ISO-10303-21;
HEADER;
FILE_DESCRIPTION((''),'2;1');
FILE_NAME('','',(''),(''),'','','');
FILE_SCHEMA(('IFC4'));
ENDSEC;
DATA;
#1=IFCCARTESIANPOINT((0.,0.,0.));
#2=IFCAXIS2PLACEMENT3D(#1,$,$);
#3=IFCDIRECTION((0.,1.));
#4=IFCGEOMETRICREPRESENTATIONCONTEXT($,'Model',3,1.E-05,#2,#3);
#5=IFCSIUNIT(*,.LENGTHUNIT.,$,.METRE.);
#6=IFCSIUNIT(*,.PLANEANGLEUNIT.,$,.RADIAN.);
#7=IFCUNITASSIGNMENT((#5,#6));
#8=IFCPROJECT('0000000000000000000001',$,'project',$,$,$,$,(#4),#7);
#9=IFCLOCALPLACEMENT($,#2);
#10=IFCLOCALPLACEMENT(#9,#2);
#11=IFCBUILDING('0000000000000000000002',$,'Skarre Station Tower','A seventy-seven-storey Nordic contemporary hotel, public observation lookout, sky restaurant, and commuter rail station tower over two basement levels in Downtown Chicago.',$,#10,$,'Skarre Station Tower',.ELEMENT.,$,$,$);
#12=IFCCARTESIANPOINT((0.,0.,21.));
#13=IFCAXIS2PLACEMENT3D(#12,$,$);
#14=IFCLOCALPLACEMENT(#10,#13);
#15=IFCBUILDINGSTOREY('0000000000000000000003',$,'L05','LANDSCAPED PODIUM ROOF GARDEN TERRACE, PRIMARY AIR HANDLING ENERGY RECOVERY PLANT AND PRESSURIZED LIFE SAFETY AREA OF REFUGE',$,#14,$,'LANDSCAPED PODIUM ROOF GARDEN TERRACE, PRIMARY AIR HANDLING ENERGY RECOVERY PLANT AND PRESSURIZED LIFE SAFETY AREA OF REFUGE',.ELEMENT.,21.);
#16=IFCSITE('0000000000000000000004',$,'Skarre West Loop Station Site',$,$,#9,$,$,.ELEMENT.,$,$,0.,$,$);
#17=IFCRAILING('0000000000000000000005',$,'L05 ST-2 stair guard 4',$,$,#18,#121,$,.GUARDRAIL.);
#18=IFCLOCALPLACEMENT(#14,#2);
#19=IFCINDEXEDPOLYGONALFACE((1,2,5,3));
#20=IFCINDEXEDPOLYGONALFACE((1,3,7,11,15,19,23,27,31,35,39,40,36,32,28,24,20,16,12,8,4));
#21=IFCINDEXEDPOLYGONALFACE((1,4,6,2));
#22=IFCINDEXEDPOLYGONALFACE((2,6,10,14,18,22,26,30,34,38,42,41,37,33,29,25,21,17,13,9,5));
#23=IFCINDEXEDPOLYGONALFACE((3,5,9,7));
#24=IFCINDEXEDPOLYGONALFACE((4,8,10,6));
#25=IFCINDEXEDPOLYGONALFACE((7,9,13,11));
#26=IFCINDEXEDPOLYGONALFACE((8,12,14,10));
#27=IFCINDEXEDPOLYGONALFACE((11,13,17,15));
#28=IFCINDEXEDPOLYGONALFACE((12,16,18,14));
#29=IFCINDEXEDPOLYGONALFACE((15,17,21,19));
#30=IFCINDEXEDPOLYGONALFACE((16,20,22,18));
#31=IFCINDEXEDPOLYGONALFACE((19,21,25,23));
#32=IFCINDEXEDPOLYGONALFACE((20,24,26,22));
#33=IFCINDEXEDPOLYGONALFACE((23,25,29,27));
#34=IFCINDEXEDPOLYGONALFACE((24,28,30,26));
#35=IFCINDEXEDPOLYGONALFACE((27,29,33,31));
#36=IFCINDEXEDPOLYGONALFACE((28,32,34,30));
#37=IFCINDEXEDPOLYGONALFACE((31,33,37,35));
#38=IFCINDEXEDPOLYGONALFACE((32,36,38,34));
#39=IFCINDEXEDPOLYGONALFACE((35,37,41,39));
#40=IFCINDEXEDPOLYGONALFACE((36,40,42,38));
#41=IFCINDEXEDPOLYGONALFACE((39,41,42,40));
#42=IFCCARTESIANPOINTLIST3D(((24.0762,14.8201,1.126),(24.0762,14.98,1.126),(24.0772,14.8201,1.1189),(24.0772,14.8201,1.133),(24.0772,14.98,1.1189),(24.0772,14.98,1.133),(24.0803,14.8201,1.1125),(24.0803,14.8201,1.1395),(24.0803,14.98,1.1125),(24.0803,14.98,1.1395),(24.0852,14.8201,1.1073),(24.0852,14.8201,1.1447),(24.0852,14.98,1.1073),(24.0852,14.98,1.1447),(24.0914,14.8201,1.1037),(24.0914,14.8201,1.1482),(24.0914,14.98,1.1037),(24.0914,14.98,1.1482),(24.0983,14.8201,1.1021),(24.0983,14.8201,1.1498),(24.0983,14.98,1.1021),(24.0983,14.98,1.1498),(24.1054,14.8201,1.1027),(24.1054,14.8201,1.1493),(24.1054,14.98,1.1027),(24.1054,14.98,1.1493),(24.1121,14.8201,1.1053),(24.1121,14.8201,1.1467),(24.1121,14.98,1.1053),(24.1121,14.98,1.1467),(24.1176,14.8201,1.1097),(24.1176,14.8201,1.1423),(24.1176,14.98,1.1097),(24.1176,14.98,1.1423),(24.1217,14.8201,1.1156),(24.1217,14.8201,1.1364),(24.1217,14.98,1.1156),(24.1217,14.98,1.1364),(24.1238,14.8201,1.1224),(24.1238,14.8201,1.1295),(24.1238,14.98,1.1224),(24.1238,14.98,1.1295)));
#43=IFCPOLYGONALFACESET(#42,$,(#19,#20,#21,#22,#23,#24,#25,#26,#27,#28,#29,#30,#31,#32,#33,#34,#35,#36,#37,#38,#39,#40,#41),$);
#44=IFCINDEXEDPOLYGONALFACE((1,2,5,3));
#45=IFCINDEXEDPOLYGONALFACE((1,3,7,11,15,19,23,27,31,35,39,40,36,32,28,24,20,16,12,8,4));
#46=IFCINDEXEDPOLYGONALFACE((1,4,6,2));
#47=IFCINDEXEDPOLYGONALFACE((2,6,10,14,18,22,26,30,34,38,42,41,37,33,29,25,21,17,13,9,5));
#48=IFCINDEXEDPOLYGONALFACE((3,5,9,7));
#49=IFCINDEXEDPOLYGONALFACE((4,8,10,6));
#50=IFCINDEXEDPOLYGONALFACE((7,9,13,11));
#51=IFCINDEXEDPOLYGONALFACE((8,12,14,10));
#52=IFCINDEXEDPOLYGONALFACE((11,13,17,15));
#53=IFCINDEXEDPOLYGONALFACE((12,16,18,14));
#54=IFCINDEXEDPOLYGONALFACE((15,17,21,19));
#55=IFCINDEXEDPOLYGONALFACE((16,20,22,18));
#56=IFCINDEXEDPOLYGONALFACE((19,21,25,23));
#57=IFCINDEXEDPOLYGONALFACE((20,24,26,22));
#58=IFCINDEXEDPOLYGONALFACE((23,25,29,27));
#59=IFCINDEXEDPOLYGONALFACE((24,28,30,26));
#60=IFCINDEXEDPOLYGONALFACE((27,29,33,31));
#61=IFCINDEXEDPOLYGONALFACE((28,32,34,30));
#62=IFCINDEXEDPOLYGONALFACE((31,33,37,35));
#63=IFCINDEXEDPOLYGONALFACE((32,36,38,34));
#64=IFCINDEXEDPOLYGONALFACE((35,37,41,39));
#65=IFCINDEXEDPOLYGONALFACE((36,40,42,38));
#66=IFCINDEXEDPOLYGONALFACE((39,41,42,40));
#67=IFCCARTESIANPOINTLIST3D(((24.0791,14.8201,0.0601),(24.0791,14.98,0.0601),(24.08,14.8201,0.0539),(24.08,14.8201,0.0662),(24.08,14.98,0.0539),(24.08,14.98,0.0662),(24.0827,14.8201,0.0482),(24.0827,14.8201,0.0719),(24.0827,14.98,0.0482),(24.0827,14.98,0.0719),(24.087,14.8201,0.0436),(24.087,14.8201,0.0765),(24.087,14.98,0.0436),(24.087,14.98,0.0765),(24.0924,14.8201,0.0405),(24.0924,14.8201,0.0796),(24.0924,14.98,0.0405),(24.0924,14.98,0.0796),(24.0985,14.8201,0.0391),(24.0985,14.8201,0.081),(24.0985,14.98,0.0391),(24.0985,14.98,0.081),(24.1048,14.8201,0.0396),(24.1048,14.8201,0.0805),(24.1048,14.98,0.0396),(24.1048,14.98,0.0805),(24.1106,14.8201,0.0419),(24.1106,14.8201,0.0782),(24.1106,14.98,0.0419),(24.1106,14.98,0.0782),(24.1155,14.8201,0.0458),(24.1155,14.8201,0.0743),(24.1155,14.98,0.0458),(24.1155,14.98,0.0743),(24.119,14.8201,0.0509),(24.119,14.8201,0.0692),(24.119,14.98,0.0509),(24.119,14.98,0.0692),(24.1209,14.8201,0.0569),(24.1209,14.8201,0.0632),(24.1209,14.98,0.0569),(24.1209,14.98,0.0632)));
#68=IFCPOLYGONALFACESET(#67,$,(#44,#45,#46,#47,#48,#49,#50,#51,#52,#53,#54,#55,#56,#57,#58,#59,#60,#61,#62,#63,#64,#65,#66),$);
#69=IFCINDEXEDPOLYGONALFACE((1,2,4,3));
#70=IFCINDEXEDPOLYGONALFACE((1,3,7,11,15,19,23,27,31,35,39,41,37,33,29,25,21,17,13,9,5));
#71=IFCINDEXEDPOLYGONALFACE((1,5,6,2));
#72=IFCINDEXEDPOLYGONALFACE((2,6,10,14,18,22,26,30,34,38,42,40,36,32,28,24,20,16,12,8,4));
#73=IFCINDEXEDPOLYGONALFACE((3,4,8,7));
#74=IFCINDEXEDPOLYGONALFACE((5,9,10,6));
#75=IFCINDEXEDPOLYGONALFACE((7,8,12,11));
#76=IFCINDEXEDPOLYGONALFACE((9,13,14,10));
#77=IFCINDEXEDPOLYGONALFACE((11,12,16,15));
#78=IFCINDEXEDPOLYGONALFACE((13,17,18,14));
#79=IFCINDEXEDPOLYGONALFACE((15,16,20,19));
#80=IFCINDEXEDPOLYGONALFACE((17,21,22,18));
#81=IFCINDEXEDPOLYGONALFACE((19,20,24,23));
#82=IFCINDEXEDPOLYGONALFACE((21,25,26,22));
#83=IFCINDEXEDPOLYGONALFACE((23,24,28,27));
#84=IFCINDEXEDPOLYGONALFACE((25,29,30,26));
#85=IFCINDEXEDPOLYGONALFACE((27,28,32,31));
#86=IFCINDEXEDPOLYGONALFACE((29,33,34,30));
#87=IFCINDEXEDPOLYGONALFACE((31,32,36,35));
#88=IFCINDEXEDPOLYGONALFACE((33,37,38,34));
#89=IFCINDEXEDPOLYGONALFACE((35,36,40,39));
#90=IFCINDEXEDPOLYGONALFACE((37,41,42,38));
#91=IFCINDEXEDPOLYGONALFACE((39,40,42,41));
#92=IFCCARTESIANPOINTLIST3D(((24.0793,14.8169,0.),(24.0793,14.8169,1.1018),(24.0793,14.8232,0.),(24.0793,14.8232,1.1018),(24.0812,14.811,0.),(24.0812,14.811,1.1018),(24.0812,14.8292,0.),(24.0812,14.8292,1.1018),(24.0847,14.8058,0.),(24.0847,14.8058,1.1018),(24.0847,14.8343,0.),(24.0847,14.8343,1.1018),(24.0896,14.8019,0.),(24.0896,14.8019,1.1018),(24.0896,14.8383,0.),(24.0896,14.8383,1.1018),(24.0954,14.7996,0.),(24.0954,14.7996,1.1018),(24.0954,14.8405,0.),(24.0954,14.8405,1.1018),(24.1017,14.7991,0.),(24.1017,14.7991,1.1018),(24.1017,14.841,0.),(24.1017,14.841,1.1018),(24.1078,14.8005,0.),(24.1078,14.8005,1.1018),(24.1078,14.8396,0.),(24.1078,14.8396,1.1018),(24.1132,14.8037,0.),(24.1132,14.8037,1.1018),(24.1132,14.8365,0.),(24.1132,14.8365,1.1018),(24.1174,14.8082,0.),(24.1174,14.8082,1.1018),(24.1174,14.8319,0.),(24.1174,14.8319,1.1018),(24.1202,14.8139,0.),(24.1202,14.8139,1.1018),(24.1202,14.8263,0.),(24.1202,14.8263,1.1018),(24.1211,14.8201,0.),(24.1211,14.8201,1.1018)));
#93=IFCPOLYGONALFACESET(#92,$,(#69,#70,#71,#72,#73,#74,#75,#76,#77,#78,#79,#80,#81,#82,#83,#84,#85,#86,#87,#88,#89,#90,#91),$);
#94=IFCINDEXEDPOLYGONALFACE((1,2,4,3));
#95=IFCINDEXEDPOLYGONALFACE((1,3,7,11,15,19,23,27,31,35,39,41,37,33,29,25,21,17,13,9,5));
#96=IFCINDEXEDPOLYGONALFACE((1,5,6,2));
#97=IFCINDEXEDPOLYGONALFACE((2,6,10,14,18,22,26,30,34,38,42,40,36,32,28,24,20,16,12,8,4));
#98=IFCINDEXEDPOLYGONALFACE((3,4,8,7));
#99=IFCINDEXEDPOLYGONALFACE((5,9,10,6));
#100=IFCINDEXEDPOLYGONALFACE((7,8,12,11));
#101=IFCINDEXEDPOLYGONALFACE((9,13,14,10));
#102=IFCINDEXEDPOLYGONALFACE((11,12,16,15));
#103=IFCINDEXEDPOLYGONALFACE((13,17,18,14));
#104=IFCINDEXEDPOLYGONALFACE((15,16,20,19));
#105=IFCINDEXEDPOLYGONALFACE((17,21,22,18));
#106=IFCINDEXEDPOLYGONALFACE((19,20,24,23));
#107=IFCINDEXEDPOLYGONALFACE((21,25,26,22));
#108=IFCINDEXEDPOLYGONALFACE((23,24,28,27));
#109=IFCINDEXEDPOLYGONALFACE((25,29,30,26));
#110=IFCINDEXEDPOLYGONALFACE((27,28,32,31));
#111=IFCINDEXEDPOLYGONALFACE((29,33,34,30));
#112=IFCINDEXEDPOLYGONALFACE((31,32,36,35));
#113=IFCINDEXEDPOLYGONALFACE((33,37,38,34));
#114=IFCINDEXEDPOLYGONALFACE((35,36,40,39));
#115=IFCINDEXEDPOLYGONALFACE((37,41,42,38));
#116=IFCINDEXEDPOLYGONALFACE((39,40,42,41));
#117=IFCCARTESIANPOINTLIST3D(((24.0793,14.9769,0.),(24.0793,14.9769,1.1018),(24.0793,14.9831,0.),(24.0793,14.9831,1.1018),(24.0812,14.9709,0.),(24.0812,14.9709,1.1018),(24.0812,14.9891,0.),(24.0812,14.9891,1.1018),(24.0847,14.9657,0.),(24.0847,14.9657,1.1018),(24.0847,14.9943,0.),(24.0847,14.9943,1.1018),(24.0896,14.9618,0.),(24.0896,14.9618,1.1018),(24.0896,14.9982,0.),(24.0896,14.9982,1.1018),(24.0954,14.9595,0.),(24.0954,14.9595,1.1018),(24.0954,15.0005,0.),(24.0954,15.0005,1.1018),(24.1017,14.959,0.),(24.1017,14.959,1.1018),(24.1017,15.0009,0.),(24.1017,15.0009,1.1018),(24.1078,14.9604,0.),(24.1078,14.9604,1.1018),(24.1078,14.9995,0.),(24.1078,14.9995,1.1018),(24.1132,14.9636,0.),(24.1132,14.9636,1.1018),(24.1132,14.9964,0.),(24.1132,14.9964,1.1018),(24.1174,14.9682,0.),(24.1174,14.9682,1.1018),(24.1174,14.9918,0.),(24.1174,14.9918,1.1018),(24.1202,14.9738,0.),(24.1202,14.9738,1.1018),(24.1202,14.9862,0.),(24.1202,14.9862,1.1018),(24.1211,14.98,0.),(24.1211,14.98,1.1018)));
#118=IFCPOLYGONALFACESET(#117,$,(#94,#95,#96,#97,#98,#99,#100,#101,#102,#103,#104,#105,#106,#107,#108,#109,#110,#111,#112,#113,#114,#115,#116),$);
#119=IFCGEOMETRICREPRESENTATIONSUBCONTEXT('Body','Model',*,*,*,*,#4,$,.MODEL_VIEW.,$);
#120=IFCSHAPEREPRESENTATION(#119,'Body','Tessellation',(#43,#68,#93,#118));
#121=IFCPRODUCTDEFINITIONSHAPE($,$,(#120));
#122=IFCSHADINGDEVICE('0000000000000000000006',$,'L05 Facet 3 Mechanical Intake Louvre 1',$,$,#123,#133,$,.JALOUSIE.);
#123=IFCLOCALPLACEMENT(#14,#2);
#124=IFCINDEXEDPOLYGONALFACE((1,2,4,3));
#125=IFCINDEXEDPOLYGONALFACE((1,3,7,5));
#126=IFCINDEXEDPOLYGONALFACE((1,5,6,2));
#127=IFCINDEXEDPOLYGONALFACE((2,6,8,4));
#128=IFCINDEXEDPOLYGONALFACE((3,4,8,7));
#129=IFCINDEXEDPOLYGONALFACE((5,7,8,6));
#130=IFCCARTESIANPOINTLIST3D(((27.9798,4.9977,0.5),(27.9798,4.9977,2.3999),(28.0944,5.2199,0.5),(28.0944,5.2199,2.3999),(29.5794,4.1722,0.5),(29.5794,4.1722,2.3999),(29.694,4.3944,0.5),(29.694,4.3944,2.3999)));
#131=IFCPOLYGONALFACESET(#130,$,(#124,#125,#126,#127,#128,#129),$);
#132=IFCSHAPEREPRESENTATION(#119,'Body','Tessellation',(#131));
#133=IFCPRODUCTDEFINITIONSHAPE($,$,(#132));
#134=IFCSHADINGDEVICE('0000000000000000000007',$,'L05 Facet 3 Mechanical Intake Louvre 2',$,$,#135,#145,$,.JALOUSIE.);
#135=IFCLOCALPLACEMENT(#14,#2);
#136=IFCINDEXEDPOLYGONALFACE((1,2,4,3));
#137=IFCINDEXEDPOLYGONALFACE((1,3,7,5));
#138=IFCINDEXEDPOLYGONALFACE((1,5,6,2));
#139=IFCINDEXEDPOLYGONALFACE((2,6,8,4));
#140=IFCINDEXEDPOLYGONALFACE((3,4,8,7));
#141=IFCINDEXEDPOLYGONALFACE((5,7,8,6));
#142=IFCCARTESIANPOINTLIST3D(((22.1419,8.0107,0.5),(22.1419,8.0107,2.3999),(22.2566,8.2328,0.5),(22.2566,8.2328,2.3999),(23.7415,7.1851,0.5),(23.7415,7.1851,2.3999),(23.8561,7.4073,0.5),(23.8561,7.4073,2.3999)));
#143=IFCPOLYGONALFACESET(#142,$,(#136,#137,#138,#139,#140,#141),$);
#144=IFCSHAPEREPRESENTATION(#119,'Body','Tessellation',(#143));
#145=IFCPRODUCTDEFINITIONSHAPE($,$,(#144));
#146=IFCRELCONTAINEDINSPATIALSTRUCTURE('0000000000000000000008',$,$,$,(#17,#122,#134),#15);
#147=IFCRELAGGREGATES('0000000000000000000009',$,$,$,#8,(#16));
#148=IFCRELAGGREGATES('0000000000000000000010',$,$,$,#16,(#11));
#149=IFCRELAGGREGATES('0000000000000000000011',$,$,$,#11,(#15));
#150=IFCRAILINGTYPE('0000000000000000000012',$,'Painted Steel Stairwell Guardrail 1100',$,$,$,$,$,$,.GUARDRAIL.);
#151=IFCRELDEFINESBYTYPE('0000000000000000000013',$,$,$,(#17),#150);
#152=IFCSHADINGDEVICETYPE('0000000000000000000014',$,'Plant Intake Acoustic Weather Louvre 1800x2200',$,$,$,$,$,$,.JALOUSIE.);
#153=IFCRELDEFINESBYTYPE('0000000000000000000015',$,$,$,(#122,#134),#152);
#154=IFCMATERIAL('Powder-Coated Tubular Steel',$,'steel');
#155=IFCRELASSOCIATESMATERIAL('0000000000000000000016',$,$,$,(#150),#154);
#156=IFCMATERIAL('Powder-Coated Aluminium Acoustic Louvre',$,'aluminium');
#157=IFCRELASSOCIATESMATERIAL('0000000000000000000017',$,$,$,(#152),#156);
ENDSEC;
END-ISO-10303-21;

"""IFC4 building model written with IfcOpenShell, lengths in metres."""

from ifc_helpers import new_model, si_unit, direction, frame, origin, origin_2d, place, context, subcontext, project, spatial, rectangle, circle, extrude, material, type_object, element, save


model = new_model("IFC4")

# Units and contexts
model_context = context("Model", 3, precision=1e-05, world=origin(), true_north=direction((0.0, 1.0)))
body_context = subcontext(model_context, "Body", "Model", "MODEL_VIEW")
ifc_project = project(units=[si_unit("LENGTHUNIT", "METRE"), si_unit("PLANEANGLEUNIT", "RADIAN")], contexts=[model_context])

# Site, building, storey
site_placement = place(None, origin())
site = spatial("IfcSite", under=ifc_project, at=site_placement, Name="Skarre West Loop Station Site", CompositionType="ELEMENT", RefElevation=0.0)
building_placement = place(site_placement, origin())
building = spatial("IfcBuilding", under=site, at=building_placement, Name="Skarre Station Tower", Description="A seventy-seven-storey Nordic contemporary hotel, public observation lookout, sky restaurant, and commuter rail station tower over two basement levels in Downtown Chicago.", LongName="Skarre Station Tower", CompositionType="ELEMENT")
storey_placement = place(building_placement, frame((0.0, 0.0, 21.0)))
storey = spatial("IfcBuildingStorey", under=building, at=storey_placement, Name="L05", Description="LANDSCAPED PODIUM ROOF GARDEN TERRACE, PRIMARY AIR HANDLING ENERGY RECOVERY PLANT AND PRESSURIZED LIFE SAFETY AREA OF REFUGE", LongName="LANDSCAPED PODIUM ROOF GARDEN TERRACE, PRIMARY AIR HANDLING ENERGY RECOVERY PLANT AND PRESSURIZED LIFE SAFETY AREA OF REFUGE", CompositionType="ELEMENT", Elevation=21.0)

# Railing
ifc_material_1 = material(Name="Powder-Coated Tubular Steel", Category="steel")
railing_type_1 = type_object("IfcRailingType", Name="Painted Steel Stairwell Guardrail 1100", PredefinedType="GUARDRAIL", material=ifc_material_1)
railing_1_placement = place(storey_placement, frame((24.1001, 14.8201, 0.0)))
element("IfcRailing", 1, at=railing_1_placement, inside=storey, type_object=railing_type_1, Name="L05 ST-2 stair guard 4", PredefinedType="GUARDRAIL", context=body_context, shape_type="SweptSolid", body=[
    extrude(circle(Radius=0.0239, at=origin_2d()), frame((0.0, 0.0, 1.126), z_axis=(0.0, 1.0, 0.0), x_axis=(-1.0, 0.0, 0.0)), (0.0, 0.0, 1.0), 0.1599),
    extrude(circle(Radius=0.021, at=origin_2d()), frame((0.0, 0.0, 0.0601), z_axis=(0.0, 1.0, 0.0), x_axis=(-1.0, 0.0, 0.0)), (0.0, 0.0, 1.0), 0.1599),
    extrude(circle(Radius=0.021, at=origin_2d()), origin(), (0.0, 0.0, 1.0), 1.1018),
    extrude(circle(Radius=0.021, at=origin_2d()), frame((0.0, 0.1599, 0.0)), (0.0, 0.0, 1.0), 1.1018),
])

# Shading devices
ifc_material_2 = material(Name="Powder-Coated Aluminium Acoustic Louvre", Category="aluminium")
shading_device_type = type_object("IfcShadingDeviceType", Name="Plant Intake Acoustic Weather Louvre 1800x2200", PredefinedType="JALOUSIE", material=ifc_material_2)
for number, where, z_axis, x_axis, name in (
    (2, (28.8369, 4.696, 0.5), (0.0, 0.0, 1.0), (-0.458619, -0.888633, 0.0), "L05 Facet 3 Mechanical Intake Louvre 1"),
    (3, (22.999, 7.709, 0.5), (0.0, 0.0, 1.0), (-0.458619, -0.888633, 0.0), "L05 Facet 3 Mechanical Intake Louvre 2"),
):
    element("IfcShadingDevice", number, at=place(storey_placement, frame(where, z_axis=z_axis, x_axis=x_axis)), inside=storey, type_object=shading_device_type, Name=name, PredefinedType="JALOUSIE", context=body_context, shape_type="SweptSolid", body=[
        extrude(rectangle(XDim=0.25, YDim=1.8, at=origin_2d()), origin(), (0.0, 0.0, 1.0), 1.8999),
    ])

save(model, "model.ifc")
